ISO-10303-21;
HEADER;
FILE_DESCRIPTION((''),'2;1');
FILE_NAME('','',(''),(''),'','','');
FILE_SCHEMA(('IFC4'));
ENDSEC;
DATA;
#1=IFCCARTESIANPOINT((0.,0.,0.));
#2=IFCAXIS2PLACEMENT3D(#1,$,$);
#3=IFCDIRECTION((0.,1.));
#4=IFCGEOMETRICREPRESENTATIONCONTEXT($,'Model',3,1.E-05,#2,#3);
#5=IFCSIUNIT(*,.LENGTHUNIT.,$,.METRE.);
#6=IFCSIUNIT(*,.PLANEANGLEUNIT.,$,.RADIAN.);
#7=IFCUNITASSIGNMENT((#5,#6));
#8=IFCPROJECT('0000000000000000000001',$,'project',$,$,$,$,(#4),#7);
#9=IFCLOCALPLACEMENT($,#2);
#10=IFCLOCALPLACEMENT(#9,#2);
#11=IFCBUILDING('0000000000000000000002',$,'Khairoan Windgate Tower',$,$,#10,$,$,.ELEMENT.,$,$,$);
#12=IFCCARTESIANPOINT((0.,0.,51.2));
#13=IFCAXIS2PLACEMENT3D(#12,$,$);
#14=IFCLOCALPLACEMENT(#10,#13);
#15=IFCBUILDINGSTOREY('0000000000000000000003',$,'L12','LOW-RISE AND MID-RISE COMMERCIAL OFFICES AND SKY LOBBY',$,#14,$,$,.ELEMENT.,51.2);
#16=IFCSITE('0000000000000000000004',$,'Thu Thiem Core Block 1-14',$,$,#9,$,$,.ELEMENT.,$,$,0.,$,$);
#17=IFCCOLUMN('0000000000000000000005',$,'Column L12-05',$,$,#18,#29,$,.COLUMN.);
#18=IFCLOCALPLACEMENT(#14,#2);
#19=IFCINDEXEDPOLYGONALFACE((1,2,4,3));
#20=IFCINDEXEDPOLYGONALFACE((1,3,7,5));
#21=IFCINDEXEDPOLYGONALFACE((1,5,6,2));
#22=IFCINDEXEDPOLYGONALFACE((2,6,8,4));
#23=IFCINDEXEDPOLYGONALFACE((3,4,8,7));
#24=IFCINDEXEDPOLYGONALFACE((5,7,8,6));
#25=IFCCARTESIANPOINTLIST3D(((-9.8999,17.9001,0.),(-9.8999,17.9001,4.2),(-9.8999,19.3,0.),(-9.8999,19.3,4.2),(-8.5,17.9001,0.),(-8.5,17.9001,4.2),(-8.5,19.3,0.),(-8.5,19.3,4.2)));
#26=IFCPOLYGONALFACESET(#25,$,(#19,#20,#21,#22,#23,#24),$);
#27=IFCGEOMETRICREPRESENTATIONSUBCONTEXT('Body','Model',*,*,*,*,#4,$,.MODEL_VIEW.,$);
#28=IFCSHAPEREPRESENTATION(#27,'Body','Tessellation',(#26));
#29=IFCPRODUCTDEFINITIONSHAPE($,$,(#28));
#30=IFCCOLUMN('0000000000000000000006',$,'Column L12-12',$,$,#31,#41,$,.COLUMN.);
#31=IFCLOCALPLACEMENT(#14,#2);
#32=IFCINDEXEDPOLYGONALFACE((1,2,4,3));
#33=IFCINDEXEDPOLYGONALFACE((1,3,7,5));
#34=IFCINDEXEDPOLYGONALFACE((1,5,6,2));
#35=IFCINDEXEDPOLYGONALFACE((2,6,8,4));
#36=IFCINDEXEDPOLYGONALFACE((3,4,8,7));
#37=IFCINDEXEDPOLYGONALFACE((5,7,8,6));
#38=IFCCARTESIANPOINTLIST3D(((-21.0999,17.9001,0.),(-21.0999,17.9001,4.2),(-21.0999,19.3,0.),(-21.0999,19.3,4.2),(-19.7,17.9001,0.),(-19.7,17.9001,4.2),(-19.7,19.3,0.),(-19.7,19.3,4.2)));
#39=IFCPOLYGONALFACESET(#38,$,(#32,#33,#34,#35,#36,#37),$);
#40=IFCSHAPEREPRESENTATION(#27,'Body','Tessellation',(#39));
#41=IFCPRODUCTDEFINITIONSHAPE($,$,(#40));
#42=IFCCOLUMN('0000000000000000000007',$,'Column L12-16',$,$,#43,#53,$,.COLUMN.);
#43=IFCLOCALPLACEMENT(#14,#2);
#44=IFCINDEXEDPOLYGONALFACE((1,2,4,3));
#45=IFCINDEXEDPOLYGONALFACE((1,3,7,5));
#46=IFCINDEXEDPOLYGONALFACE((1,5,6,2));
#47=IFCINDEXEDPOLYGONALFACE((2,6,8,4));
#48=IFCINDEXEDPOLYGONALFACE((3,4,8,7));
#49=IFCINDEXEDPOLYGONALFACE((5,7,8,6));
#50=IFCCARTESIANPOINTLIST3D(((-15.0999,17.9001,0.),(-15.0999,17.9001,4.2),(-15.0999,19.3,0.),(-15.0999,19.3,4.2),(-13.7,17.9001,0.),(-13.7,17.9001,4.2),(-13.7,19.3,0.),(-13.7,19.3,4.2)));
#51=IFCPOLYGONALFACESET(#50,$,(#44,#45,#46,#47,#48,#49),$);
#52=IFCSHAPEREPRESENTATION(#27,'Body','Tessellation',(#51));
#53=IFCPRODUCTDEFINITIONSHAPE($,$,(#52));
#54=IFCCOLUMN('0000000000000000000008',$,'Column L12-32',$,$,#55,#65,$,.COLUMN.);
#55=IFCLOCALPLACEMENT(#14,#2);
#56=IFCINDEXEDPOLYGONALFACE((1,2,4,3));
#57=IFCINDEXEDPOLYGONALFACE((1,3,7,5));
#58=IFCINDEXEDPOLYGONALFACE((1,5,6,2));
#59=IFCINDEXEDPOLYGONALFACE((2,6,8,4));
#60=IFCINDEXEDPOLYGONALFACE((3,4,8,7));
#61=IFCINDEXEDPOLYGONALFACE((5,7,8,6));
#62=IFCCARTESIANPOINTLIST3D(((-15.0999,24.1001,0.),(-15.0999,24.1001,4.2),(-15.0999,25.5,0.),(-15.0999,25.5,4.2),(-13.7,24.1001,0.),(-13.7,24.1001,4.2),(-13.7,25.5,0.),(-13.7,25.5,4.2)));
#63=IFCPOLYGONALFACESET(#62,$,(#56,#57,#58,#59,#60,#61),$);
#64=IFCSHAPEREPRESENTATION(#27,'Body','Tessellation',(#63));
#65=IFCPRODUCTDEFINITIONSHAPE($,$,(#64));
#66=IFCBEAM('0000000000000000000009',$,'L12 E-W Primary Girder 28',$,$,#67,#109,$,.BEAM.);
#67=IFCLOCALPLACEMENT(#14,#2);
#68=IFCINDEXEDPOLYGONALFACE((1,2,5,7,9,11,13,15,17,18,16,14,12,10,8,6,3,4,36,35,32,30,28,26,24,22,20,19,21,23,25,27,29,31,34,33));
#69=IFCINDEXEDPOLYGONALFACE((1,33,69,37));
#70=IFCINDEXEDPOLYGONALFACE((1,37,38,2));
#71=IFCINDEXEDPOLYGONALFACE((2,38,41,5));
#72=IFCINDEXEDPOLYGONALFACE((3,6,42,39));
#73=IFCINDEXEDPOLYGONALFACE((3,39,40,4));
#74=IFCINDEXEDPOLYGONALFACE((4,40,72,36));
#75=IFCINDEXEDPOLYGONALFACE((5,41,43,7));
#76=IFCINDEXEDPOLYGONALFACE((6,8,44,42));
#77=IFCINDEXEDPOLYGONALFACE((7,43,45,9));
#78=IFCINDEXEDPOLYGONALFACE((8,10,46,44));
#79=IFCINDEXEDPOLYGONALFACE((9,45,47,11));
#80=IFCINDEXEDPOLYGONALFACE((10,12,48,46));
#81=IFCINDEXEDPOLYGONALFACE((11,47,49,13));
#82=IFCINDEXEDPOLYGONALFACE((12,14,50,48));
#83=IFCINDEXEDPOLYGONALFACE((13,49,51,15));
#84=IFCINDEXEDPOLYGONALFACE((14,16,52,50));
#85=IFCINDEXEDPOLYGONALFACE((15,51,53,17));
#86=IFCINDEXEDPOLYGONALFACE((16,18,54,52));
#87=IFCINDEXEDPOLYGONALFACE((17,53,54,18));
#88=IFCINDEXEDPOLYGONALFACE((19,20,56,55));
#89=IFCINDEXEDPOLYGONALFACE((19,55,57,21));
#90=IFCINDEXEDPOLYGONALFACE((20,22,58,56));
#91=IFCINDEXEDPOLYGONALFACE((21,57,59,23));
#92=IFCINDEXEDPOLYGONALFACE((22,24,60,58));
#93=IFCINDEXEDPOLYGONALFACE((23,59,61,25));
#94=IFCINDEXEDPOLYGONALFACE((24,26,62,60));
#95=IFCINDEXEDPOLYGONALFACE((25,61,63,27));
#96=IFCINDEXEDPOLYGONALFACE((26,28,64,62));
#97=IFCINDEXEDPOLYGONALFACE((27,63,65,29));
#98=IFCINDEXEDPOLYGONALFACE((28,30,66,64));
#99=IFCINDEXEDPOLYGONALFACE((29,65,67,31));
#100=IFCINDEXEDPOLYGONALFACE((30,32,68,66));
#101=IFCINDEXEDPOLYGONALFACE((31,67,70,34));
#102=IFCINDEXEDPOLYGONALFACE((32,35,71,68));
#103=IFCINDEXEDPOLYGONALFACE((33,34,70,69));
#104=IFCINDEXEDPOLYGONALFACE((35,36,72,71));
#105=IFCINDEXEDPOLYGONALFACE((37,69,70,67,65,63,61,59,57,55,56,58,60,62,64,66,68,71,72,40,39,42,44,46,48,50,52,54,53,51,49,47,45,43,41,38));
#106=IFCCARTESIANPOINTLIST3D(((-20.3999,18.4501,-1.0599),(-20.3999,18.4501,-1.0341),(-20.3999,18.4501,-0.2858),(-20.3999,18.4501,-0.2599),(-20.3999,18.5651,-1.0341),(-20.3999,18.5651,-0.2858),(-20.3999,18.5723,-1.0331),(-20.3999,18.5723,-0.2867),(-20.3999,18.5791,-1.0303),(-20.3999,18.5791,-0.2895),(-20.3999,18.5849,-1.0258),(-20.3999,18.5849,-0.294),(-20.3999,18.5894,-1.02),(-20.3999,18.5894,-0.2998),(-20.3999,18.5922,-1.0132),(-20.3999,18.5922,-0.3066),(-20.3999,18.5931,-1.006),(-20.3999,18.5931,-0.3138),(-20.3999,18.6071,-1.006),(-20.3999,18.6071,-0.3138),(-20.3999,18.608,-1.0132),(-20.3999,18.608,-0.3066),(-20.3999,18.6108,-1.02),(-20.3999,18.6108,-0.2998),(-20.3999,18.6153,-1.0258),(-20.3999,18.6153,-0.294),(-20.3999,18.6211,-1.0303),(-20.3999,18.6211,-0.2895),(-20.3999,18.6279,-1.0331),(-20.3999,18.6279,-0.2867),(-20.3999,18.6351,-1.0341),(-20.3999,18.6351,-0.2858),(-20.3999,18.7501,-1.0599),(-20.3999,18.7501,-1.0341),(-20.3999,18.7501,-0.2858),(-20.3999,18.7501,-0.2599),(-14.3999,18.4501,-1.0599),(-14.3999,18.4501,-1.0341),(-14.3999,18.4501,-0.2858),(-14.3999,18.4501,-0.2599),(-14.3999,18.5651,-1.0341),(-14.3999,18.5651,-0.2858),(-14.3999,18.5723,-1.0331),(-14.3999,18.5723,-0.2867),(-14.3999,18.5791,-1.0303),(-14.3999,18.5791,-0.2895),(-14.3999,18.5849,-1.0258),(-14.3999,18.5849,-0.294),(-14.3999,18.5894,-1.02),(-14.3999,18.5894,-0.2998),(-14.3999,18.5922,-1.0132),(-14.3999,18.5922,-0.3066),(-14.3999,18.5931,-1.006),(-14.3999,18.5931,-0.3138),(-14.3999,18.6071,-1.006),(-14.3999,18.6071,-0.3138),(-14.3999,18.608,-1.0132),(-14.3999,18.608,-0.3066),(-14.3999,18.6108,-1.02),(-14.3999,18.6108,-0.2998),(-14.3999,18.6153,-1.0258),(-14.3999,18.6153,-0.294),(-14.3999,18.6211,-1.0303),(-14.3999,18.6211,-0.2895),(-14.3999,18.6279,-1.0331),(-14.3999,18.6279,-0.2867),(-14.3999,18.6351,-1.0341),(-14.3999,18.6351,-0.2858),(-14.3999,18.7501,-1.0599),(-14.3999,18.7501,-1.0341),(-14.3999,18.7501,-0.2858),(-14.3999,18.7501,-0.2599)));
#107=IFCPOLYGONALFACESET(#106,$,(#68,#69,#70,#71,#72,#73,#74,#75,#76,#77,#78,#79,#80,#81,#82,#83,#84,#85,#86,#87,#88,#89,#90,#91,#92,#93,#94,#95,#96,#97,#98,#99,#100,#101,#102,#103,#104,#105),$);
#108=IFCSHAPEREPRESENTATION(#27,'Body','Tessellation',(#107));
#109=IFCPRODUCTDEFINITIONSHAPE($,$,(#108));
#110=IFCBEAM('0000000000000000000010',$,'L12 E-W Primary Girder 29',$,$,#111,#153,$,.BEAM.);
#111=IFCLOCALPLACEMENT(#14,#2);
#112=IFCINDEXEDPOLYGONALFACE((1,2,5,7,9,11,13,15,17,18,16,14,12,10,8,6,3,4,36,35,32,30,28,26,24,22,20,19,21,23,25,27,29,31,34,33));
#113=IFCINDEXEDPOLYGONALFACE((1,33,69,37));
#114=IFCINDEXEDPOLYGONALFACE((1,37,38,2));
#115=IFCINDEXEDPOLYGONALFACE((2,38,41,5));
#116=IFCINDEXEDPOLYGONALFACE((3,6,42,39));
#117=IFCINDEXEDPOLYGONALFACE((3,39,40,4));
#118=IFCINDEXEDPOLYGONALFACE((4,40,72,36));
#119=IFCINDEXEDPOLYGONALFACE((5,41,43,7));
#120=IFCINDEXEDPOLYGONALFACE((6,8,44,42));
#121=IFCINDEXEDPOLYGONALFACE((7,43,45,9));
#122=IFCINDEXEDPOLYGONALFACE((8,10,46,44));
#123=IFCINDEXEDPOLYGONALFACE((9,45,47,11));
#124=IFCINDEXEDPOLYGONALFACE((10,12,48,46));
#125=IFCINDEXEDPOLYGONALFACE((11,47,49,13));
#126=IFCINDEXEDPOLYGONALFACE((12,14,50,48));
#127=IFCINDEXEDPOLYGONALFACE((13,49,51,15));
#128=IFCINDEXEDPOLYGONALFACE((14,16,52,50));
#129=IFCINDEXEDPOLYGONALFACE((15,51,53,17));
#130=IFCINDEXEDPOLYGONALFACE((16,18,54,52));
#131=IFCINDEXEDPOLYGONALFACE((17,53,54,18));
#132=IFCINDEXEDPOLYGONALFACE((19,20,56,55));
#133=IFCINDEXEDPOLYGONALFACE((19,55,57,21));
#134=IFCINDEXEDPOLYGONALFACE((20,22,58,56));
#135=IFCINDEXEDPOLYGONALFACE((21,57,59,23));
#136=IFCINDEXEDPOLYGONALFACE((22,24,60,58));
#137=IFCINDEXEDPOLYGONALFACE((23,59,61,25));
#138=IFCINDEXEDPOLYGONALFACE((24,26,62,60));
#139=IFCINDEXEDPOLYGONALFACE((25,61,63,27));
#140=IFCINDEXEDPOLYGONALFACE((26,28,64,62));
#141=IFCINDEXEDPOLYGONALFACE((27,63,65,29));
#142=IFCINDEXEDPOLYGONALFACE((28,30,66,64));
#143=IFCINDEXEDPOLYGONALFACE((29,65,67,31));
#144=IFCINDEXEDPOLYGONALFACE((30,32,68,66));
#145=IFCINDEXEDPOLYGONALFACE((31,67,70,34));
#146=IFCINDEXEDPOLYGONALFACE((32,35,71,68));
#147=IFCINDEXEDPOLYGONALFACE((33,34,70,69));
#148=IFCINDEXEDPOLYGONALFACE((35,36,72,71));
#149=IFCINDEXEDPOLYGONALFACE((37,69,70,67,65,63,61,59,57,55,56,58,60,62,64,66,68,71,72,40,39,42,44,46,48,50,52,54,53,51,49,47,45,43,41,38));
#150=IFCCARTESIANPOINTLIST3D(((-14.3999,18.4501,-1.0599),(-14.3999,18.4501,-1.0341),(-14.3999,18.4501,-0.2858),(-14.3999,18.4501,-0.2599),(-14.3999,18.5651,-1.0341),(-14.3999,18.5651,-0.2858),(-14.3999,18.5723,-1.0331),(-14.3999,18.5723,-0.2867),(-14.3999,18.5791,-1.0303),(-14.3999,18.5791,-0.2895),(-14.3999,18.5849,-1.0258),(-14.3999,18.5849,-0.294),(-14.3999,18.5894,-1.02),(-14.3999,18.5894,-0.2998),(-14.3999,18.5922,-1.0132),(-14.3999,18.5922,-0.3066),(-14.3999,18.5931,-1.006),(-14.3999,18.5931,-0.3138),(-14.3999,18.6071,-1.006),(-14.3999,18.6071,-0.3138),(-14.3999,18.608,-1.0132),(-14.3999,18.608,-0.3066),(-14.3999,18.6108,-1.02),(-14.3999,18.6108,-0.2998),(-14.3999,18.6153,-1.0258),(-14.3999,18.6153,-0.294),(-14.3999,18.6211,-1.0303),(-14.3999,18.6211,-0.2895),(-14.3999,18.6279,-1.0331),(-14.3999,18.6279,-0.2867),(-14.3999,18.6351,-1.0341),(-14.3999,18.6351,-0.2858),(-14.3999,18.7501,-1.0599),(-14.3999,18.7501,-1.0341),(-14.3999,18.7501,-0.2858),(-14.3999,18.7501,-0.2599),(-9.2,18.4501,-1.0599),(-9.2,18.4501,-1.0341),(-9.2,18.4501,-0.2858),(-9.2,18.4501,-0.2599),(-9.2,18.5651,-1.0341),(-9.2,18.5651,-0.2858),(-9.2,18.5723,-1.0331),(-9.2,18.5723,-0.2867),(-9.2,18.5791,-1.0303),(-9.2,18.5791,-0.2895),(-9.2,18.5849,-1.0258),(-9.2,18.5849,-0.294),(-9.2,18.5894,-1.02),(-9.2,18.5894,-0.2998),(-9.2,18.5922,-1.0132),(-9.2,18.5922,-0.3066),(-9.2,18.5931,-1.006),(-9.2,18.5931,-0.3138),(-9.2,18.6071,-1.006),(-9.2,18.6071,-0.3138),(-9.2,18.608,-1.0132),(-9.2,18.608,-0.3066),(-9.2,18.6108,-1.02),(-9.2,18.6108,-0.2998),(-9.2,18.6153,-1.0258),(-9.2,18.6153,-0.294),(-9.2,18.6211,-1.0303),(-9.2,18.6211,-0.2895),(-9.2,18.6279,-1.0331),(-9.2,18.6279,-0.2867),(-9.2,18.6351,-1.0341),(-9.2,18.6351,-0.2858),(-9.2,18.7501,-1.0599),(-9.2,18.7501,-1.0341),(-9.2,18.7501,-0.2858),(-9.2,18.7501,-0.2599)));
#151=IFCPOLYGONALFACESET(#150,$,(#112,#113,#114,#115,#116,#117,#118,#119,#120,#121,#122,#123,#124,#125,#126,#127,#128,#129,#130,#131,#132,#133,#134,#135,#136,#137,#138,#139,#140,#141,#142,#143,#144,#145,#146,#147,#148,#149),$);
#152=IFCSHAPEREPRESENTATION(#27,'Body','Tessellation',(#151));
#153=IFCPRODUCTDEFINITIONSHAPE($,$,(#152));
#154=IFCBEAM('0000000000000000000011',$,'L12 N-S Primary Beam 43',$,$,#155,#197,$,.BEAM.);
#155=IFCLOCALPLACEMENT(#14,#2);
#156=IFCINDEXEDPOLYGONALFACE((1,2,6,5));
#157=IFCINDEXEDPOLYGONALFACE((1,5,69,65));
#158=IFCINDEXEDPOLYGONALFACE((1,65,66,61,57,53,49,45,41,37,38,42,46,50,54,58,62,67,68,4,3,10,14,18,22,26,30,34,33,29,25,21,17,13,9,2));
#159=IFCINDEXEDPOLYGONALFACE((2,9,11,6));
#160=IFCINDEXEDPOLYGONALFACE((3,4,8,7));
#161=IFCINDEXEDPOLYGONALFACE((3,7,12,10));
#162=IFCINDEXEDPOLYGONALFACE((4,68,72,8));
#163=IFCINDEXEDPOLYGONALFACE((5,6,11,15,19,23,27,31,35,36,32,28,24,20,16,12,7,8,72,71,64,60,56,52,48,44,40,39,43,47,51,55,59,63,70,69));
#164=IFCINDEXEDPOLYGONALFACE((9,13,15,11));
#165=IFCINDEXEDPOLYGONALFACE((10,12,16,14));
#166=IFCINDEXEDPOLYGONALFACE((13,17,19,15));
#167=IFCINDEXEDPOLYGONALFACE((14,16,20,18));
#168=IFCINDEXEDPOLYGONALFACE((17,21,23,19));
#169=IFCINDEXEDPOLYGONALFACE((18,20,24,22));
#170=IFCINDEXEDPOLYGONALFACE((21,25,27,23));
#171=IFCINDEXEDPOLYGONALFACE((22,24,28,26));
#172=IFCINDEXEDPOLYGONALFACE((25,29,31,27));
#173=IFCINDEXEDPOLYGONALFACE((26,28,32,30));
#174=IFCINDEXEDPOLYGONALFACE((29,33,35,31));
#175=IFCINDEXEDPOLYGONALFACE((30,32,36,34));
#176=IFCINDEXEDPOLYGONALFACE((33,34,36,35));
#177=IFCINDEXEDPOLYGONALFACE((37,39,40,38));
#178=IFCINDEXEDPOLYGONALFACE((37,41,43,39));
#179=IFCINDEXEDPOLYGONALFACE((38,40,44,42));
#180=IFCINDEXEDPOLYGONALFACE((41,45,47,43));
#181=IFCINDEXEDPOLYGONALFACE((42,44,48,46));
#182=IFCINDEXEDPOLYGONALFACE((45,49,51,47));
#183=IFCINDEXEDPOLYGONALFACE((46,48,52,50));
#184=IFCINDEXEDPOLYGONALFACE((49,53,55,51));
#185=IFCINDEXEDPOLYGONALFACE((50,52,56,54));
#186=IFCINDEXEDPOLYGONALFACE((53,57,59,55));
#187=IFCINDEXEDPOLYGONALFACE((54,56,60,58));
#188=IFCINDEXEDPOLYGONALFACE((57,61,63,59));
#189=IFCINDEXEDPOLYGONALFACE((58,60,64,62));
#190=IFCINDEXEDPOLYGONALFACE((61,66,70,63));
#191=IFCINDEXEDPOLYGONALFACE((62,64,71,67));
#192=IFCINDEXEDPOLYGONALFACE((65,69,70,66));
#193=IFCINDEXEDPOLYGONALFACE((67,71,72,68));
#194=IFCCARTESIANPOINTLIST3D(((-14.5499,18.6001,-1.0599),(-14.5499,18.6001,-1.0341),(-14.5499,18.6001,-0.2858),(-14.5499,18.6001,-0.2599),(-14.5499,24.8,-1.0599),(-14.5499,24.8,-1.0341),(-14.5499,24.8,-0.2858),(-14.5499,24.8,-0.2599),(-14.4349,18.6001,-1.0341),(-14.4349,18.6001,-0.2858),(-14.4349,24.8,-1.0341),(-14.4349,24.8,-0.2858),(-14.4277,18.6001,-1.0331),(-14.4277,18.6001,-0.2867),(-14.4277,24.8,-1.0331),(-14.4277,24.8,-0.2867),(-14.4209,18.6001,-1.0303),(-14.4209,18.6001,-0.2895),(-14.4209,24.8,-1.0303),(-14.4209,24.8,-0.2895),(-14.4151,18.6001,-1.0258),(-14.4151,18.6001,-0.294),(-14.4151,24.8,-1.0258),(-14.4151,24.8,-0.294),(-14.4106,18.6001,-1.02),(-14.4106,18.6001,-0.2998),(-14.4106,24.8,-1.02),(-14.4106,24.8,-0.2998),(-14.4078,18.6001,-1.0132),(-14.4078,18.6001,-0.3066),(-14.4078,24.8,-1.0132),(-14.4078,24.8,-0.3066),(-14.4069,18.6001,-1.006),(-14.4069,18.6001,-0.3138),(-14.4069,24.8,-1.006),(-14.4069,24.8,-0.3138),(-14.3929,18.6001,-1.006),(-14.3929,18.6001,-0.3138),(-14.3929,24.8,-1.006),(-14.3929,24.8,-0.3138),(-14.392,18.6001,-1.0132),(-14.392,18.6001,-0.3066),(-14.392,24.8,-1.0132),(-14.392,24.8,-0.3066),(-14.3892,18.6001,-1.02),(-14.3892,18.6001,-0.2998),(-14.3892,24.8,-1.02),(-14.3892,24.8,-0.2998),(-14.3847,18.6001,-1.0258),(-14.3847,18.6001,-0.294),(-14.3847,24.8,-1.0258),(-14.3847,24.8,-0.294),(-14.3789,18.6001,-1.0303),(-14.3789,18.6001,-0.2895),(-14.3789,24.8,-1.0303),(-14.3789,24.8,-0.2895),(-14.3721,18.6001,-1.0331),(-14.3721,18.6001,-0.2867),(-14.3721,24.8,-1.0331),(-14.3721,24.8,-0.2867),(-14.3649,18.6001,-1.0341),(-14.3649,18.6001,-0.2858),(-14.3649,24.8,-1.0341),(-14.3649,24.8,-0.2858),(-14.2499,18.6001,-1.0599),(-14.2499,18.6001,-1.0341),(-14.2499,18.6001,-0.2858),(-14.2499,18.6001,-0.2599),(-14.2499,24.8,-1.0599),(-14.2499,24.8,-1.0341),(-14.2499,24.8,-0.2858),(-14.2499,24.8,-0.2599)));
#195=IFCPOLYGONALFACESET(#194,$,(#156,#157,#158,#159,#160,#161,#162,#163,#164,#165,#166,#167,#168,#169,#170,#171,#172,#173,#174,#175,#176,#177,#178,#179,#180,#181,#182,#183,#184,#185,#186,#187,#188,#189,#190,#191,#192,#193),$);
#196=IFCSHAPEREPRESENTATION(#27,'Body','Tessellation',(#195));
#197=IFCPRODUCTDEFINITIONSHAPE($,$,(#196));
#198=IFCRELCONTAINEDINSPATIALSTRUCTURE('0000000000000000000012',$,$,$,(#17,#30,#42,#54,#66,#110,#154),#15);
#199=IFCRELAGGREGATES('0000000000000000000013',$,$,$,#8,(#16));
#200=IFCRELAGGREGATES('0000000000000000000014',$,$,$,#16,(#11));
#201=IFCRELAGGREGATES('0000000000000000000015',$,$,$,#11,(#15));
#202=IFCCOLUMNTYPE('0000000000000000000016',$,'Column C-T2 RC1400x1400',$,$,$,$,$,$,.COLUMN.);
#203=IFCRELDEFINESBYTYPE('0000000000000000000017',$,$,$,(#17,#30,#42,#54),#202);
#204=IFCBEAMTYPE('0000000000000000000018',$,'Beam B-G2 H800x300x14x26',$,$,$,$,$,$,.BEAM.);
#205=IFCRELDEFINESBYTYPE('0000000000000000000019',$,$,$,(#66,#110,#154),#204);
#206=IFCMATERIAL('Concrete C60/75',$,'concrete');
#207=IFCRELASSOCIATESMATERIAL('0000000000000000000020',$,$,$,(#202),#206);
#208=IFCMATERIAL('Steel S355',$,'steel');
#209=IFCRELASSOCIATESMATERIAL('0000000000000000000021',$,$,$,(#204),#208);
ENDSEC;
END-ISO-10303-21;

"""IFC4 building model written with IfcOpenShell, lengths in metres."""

from ifc_helpers import new_model, si_unit, direction, frame, origin, origin_2d, place, context, subcontext, project, spatial, rectangle, i_section, extrude, material, material_profile, profile_set, type_object, element, save


model = new_model("IFC4")

# Units and contexts
model_context = context("Model", 3, precision=1e-05, world=origin(), true_north=direction((0.0, 1.0)))
body_context = subcontext(model_context, "Body", "Model", "MODEL_VIEW")
ifc_project = project(units=[si_unit("LENGTHUNIT", "METRE"), si_unit("PLANEANGLEUNIT", "RADIAN")], contexts=[model_context])

# Site, building, storey
site_placement = place(None, origin())
site = spatial("IfcSite", under=ifc_project, at=site_placement, Name="Thu Thiem Core Block 1-14", CompositionType="ELEMENT", RefElevation=0.0)
building_placement = place(site_placement, origin())
building = spatial("IfcBuilding", under=site, at=building_placement, Name="Khairoan Windgate Tower", CompositionType="ELEMENT")
storey_placement = place(building_placement, frame((0.0, 0.0, 51.2)))
storey = spatial("IfcBuildingStorey", under=building, at=storey_placement, Name="L12", Description="LOW-RISE AND MID-RISE COMMERCIAL OFFICES AND SKY LOBBY", CompositionType="ELEMENT", Elevation=51.2)

# Columns
ifc_material_1 = material(Name="Concrete C60/75", Category="concrete")
ifc_material_profile_1 = material_profile(ifc_material_1, rectangle(XDim=1.3999, YDim=1.3999, at=origin_2d()))
ifc_profile_set_1 = profile_set([ifc_material_profile_1], Name="Concrete C60/75")
column_type = type_object("IfcColumnType", Name="Column C-T2 RC1400x1400", PredefinedType="COLUMN", material=ifc_profile_set_1)
for number, where, z_axis, x_axis, name in (
    (1, (-9.2, 18.6001, 0.0), (0.0, 0.0, 1.0), (1.0, 0.0, 0.0), "Column L12-05"),
    (2, (-20.3999, 18.6001, 0.0), (0.0, 0.0, 1.0), (1.0, 0.0, 0.0), "Column L12-12"),
    (3, (-14.3999, 18.6001, 0.0), (0.0, 0.0, 1.0), (1.0, 0.0, 0.0), "Column L12-16"),
    (4, (-14.3999, 24.8, 0.0), (0.0, 0.0, 1.0), (1.0, 0.0, 0.0), "Column L12-32"),
):
    element("IfcColumn", number, at=place(storey_placement, frame(where, z_axis=z_axis, x_axis=x_axis)), inside=storey, type_object=column_type, Name=name, PredefinedType="COLUMN", context=body_context, shape_type="SweptSolid", body=[
        extrude(rectangle(XDim=1.3999, YDim=1.3999, at=origin_2d()), origin(), (0.0, 0.0, 1.0), 4.2),
    ])

# Beams
ifc_material_2 = material(Name="Steel S355", Category="steel")
ifc_material_profile_2 = material_profile(ifc_material_2, i_section(OverallWidth=0.3, OverallDepth=0.8, WebThickness=0.0139, FlangeThickness=0.0259, FilletRadius=0.0281, at=origin_2d()))
ifc_profile_set_2 = profile_set([ifc_material_profile_2], Name="Steel S355")
beam_type = type_object("IfcBeamType", Name="Beam B-G2 H800x300x14x26", PredefinedType="BEAM", material=ifc_profile_set_2)
beam_1_placement = place(storey_placement, frame((-20.3999, 18.6001, -0.6599), z_axis=(1.0, 0.0, 0.0), x_axis=(0.0, 1.0, 0.0)))
element("IfcBeam", 5, at=beam_1_placement, inside=storey, type_object=beam_type, Name="L12 E-W Primary Girder 28", PredefinedType="BEAM", context=body_context, shape_type="SweptSolid", body=[
    extrude(i_section(OverallWidth=0.3, OverallDepth=0.8, WebThickness=0.0139, FlangeThickness=0.0259, FilletRadius=0.0281, at=origin_2d()), origin(), (0.0, 0.0, 1.0), 6.0),
])
beam_2_placement = place(storey_placement, frame((-14.3999, 18.6001, -0.6599), z_axis=(1.0, 0.0, 0.0), x_axis=(0.0, 1.0, 0.0)))
element("IfcBeam", 6, at=beam_2_placement, inside=storey, type_object=beam_type, Name="L12 E-W Primary Girder 29", PredefinedType="BEAM", context=body_context, shape_type="SweptSolid", body=[
    extrude(i_section(OverallWidth=0.3, OverallDepth=0.8, WebThickness=0.0139, FlangeThickness=0.0259, FilletRadius=0.0281, at=origin_2d()), origin(), (0.0, 0.0, 1.0), 5.2),
])
beam_3_placement = place(storey_placement, frame((-14.3999, 18.6001, -0.6599), z_axis=(0.0, 1.0, 0.0), x_axis=(-1.0, 0.0, 0.0)))
element("IfcBeam", 7, at=beam_3_placement, inside=storey, type_object=beam_type, Name="L12 N-S Primary Beam 43", PredefinedType="BEAM", context=body_context, shape_type="SweptSolid", body=[
    extrude(i_section(OverallWidth=0.3, OverallDepth=0.8, WebThickness=0.0139, FlangeThickness=0.0259, FilletRadius=0.0281, at=origin_2d()), origin(), (0.0, 0.0, 1.0), 6.2),
])

save(model, "model.ifc")
